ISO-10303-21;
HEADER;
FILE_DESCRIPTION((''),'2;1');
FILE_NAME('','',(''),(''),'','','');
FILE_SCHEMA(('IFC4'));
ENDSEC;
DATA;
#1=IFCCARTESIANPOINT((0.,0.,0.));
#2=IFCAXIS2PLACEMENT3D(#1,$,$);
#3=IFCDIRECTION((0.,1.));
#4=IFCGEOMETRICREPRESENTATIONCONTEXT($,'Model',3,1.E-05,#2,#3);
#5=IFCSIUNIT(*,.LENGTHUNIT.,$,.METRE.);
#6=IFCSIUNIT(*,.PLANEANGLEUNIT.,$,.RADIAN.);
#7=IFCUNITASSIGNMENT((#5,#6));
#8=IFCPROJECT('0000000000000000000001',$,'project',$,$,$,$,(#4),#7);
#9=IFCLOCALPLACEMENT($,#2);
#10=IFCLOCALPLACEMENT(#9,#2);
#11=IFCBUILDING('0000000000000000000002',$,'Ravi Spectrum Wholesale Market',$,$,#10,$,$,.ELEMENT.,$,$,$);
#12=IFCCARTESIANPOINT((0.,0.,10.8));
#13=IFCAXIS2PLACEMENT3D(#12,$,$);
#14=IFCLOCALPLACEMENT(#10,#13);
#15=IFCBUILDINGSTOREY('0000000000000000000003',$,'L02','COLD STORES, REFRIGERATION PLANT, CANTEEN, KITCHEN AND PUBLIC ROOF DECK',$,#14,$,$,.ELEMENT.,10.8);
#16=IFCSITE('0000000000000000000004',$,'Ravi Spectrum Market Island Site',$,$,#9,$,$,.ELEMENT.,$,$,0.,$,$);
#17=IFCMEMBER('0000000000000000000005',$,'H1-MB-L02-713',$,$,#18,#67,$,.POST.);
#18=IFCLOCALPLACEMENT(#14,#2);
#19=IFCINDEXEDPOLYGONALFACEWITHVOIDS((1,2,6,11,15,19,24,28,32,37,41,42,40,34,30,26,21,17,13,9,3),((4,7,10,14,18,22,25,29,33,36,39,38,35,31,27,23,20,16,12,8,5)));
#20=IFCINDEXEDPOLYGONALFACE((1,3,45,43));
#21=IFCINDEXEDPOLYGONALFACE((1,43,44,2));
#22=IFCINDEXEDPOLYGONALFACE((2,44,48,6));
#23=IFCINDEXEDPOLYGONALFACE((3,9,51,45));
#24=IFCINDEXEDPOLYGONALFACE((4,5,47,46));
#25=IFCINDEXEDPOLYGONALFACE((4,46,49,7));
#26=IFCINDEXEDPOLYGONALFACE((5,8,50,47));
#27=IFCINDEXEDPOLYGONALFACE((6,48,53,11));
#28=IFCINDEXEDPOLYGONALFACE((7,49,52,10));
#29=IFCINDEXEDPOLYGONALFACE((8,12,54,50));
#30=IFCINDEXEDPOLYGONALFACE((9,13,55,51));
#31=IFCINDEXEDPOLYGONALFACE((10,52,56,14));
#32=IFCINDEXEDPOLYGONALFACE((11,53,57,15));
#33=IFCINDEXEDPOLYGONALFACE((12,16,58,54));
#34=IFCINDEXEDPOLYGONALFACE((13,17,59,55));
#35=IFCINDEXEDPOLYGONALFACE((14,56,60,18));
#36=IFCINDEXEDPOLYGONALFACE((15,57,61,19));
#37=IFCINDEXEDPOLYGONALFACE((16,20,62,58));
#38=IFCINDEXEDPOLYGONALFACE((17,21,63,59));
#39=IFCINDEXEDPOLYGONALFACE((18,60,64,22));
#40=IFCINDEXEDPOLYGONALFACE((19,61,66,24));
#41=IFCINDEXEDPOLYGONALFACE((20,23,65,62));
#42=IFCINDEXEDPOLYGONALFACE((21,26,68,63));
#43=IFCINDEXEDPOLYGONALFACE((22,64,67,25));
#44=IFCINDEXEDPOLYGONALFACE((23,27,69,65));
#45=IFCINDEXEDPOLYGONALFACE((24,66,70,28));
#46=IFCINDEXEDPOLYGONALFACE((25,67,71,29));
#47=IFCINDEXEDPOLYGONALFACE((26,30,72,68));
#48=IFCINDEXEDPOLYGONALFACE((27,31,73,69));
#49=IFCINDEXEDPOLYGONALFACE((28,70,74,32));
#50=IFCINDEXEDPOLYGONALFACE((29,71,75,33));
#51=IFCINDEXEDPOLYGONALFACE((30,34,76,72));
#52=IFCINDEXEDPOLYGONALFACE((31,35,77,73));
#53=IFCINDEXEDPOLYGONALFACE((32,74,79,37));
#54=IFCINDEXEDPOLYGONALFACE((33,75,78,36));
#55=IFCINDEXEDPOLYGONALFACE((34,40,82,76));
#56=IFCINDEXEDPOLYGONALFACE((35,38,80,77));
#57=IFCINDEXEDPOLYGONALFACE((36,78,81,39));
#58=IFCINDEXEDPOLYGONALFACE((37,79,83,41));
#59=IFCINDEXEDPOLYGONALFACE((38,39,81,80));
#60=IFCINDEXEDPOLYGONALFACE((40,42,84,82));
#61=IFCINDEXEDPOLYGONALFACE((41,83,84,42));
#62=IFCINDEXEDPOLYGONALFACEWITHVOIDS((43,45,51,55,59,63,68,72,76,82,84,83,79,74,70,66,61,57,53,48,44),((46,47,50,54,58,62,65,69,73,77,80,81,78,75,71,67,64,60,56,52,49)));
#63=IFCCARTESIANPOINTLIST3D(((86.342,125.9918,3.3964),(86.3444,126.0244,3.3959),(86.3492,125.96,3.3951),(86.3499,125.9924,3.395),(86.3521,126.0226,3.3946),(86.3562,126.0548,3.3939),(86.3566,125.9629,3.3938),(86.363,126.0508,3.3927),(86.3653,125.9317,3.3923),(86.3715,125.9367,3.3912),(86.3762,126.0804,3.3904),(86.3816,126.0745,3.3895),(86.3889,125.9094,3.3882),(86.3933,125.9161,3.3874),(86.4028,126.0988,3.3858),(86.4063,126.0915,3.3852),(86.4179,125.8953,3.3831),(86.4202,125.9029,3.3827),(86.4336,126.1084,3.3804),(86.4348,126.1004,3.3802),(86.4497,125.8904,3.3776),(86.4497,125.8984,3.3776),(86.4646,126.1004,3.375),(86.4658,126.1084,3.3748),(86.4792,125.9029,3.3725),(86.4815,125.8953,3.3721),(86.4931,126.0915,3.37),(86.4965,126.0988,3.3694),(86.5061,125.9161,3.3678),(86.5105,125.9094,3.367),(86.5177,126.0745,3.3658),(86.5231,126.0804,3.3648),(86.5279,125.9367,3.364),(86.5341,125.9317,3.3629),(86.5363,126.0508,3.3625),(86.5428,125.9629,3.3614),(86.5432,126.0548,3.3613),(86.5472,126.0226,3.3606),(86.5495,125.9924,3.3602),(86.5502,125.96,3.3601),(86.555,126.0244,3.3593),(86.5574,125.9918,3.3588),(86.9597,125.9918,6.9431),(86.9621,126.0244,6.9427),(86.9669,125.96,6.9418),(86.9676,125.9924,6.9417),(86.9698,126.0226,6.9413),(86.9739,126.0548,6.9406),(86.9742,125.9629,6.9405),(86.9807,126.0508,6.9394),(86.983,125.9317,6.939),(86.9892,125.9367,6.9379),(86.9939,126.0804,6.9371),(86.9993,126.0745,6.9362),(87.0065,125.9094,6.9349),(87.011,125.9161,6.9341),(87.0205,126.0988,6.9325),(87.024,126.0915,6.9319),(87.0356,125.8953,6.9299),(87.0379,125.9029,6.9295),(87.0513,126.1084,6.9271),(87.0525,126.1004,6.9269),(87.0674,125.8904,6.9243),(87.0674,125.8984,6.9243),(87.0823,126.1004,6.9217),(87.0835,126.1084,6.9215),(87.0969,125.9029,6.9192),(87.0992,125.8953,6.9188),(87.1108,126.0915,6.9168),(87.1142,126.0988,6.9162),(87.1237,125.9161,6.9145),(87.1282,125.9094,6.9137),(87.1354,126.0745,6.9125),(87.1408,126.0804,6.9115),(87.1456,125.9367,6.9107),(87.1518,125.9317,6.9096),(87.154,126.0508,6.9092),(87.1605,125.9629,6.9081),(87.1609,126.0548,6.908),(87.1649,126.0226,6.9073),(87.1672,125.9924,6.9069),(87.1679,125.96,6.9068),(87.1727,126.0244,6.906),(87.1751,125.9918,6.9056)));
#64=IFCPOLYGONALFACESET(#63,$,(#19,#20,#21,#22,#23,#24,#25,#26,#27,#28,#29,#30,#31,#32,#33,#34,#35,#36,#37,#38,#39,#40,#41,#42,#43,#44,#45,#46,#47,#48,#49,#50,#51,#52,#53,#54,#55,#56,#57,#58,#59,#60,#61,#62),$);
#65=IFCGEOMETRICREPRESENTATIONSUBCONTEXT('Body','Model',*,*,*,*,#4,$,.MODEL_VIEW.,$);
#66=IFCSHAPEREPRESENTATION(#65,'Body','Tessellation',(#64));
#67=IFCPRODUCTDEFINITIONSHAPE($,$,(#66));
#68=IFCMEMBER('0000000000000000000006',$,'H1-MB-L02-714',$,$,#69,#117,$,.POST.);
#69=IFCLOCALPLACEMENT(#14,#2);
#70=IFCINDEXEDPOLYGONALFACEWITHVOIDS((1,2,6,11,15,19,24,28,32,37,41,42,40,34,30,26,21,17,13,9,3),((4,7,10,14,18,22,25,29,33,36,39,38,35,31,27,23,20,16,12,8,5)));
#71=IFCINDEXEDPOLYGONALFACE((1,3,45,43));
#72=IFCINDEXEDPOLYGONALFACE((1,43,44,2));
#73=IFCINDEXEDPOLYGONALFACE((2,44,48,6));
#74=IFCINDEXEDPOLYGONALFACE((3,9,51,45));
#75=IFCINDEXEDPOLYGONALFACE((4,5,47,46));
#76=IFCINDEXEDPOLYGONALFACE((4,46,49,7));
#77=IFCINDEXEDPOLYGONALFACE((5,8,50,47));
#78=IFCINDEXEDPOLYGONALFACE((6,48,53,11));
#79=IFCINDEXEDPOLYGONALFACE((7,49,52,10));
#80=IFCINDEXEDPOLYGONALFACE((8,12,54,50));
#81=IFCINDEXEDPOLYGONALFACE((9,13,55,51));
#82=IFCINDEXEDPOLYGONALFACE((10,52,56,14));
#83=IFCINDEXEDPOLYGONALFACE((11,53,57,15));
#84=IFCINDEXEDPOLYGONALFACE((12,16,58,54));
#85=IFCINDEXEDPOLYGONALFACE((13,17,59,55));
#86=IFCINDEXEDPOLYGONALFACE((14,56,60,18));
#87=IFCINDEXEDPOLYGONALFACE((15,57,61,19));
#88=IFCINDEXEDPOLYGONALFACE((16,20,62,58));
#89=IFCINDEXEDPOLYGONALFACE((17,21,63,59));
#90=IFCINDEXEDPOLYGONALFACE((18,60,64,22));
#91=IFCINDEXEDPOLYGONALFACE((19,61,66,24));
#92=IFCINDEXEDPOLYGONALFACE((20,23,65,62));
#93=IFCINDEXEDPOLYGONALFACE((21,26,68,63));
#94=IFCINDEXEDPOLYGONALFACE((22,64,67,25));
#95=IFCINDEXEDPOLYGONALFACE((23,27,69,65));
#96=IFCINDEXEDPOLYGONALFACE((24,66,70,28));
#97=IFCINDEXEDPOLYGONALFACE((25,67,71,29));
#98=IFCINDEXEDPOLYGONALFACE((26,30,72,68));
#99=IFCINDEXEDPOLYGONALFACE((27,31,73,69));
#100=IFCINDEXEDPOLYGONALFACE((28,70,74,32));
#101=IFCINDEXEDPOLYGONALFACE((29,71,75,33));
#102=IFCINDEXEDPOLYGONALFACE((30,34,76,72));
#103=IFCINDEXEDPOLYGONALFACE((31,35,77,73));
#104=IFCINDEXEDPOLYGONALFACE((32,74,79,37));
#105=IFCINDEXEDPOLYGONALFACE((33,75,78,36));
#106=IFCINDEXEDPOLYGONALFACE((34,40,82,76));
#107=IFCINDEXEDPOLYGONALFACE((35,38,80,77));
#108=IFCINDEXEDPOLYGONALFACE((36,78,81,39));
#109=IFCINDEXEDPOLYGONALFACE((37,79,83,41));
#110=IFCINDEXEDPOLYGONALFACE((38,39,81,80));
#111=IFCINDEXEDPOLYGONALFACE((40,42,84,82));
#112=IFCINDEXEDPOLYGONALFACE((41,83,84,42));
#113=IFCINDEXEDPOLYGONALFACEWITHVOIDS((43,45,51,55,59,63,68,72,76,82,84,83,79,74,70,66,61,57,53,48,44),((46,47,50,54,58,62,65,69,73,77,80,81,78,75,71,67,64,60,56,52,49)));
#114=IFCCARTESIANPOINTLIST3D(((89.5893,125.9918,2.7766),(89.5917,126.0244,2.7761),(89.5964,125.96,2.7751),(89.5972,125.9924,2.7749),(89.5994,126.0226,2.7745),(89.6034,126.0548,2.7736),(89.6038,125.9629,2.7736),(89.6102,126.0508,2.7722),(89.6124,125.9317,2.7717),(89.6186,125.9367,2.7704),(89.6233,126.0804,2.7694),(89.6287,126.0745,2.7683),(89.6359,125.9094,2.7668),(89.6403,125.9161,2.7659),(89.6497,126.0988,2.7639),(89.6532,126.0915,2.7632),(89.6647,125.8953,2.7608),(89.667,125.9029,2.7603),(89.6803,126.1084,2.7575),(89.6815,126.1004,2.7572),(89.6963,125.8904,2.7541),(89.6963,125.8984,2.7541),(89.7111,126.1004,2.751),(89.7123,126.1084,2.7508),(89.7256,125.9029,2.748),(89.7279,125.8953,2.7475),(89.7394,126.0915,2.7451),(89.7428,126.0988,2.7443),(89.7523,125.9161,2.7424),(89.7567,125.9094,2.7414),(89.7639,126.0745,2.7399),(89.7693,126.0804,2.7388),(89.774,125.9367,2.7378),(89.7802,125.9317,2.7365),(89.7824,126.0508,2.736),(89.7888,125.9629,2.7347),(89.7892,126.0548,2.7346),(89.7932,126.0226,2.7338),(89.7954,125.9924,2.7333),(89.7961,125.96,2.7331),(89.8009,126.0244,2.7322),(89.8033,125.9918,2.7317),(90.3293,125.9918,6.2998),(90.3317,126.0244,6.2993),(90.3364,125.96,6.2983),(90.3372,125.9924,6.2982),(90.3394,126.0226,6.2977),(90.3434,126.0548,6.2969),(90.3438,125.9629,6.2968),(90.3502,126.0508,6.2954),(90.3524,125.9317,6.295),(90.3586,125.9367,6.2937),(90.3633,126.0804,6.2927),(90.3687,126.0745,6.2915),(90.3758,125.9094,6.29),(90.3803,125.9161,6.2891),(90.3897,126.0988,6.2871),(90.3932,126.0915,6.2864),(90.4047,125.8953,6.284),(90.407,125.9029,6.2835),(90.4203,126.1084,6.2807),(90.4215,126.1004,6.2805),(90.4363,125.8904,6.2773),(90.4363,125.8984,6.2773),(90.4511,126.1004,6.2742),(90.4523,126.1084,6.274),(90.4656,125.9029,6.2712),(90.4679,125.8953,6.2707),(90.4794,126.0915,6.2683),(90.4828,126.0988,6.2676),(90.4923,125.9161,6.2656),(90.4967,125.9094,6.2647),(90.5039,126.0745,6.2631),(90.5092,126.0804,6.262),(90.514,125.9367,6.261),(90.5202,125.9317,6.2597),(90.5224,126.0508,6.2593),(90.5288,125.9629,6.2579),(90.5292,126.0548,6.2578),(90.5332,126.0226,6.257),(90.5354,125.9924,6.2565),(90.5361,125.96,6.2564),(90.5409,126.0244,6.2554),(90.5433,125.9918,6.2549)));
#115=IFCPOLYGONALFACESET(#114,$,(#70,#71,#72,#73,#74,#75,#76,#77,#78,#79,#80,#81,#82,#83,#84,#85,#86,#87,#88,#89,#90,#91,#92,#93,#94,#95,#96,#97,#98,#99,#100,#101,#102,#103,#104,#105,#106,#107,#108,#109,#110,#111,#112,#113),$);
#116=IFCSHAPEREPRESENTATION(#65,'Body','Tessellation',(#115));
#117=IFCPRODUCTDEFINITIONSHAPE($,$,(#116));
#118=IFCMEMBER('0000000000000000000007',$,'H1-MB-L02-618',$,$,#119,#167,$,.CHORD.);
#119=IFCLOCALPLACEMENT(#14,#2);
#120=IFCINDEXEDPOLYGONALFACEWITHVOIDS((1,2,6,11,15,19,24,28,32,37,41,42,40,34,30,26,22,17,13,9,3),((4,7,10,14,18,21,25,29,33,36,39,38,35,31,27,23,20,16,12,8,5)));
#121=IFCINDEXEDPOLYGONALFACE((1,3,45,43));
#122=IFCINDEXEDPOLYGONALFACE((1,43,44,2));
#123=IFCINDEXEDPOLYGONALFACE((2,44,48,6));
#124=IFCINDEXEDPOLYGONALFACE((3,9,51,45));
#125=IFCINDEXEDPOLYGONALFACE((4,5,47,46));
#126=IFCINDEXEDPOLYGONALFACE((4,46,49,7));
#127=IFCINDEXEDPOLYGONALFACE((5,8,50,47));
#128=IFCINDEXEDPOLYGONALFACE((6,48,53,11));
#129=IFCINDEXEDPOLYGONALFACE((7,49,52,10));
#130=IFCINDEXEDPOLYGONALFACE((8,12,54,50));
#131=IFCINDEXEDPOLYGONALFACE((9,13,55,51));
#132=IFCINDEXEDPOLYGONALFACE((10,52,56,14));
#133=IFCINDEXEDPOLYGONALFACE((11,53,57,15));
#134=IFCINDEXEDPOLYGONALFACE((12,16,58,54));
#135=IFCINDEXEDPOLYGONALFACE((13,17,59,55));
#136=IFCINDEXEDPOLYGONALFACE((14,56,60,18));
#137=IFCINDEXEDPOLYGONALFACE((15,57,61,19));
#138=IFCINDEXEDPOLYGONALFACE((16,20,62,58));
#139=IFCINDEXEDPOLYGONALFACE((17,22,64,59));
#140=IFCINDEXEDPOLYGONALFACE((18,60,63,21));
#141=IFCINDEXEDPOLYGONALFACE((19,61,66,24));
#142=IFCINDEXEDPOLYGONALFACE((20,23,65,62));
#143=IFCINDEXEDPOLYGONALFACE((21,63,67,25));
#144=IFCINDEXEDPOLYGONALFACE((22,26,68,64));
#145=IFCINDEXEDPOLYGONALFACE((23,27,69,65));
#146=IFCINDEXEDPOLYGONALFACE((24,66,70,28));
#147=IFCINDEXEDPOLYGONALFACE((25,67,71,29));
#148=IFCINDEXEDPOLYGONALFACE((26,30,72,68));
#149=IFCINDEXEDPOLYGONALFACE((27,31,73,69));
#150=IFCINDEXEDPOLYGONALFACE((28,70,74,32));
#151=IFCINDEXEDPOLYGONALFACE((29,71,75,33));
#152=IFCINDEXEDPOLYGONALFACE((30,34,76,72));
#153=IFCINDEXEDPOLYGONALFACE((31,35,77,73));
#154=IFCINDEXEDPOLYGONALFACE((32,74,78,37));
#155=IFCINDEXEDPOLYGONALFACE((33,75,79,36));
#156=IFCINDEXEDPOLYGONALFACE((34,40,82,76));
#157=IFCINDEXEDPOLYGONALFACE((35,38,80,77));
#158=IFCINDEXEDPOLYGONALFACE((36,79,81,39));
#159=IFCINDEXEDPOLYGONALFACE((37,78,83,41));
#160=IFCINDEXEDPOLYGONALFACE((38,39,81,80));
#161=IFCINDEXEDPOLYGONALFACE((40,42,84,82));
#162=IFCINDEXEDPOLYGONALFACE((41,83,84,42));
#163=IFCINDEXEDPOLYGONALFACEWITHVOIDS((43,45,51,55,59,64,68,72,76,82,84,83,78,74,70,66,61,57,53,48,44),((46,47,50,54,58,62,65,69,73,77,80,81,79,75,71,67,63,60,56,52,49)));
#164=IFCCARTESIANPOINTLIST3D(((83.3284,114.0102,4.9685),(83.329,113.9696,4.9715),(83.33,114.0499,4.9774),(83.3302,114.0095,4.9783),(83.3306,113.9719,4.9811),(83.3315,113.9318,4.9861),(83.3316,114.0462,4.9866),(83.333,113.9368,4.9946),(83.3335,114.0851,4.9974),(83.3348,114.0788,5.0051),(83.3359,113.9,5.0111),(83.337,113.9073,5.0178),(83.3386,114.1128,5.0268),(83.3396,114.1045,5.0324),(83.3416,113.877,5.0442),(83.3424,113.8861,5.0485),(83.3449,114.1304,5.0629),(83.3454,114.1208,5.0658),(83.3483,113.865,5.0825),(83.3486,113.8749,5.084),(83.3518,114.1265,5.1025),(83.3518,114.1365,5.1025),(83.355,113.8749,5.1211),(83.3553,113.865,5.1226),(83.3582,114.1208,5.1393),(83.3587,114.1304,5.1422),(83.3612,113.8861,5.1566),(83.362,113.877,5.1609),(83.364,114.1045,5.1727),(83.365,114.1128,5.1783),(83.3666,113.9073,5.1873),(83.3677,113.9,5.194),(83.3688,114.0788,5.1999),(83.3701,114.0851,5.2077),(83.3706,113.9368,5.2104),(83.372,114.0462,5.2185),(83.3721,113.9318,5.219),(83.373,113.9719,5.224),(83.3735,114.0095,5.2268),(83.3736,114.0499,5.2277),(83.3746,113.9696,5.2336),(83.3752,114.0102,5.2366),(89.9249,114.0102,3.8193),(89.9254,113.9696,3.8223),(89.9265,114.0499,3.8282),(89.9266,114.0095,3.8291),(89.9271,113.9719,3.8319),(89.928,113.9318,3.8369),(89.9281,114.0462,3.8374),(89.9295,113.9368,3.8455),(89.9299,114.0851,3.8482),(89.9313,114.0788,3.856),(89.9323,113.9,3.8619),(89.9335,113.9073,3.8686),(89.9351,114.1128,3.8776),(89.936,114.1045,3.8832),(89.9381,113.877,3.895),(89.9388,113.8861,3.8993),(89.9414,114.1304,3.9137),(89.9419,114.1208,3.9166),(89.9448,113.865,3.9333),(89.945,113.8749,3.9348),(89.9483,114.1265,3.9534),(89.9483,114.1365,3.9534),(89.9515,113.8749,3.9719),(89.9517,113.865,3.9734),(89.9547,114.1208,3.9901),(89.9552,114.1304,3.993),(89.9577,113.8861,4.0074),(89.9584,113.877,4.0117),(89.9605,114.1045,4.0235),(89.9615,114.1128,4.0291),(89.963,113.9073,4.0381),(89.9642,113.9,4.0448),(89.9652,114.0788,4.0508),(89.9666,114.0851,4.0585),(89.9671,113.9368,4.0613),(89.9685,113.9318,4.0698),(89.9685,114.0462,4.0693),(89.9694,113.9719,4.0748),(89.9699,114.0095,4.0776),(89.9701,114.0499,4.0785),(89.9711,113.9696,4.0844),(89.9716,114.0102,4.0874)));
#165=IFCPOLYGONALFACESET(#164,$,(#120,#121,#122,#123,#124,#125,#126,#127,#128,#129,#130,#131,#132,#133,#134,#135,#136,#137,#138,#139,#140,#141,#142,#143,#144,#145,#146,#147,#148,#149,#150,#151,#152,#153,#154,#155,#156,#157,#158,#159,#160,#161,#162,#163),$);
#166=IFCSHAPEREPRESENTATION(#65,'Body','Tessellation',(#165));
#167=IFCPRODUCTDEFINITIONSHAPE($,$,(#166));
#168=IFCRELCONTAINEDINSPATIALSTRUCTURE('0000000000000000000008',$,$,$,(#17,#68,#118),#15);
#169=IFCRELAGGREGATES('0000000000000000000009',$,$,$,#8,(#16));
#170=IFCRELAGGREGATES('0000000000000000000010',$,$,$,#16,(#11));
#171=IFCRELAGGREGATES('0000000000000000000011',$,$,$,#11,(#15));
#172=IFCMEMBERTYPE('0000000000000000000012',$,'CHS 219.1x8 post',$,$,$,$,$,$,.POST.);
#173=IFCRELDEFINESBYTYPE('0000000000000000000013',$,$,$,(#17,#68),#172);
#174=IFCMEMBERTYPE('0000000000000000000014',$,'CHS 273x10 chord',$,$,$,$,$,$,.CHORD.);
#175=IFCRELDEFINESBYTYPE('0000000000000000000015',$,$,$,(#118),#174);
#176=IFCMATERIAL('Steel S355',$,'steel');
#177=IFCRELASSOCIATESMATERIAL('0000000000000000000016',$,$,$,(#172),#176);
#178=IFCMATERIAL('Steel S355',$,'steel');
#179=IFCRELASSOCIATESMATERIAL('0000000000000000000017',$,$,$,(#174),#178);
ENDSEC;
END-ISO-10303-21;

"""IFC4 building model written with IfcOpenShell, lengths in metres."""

from ifc_helpers import new_model, si_unit, direction, frame, origin, origin_2d, place, context, subcontext, project, spatial, hollow_circle, extrude, material, material_profile, profile_set, type_object, element, save


model = new_model("IFC4")

# Units and contexts
model_context = context("Model", 3, precision=1e-05, world=origin(), true_north=direction((0.0, 1.0)))
body_context = subcontext(model_context, "Body", "Model", "MODEL_VIEW")
ifc_project = project(units=[si_unit("LENGTHUNIT", "METRE"), si_unit("PLANEANGLEUNIT", "RADIAN")], contexts=[model_context])

# Site, building, storey
site_placement = place(None, origin())
site = spatial("IfcSite", under=ifc_project, at=site_placement, Name="Ravi Spectrum Market Island Site", CompositionType="ELEMENT", RefElevation=0.0)
building_placement = place(site_placement, origin())
building = spatial("IfcBuilding", under=site, at=building_placement, Name="Ravi Spectrum Wholesale Market", CompositionType="ELEMENT")
storey_placement = place(building_placement, frame((0.0, 0.0, 10.8)))
storey = spatial("IfcBuildingStorey", under=building, at=storey_placement, Name="L02", Description="COLD STORES, REFRIGERATION PLANT, CANTEEN, KITCHEN AND PUBLIC ROOF DECK", CompositionType="ELEMENT", Elevation=10.8)

# Members
ifc_material_1 = material(Name="Steel S355", Category="steel")
ifc_material_profile_1 = material_profile(ifc_material_1, hollow_circle(Radius=0.1096, WallThickness=0.0081, at=origin_2d()))
ifc_profile_set_1 = profile_set([ifc_material_profile_1], Name="Steel S355")
member_type_1 = type_object("IfcMemberType", Name="CHS 219.1x8 post", PredefinedType="POST", material=ifc_profile_set_1)
for number, where, z_axis, x_axis, name in (
    (1, (87.0674, 126.0, 6.9243), (-0.171576, 0.0, -0.985171), (0.0, -1.0, 0.0), "H1-MB-L02-713"),
    (2, (90.4363, 126.0, 6.2773), (-0.205549, 0.0, -0.978647), (0.0, -1.0, 0.0), "H1-MB-L02-714"),
):
    element("IfcMember", number, at=place(storey_placement, frame(where, z_axis=z_axis, x_axis=x_axis)), inside=storey, type_object=member_type_1, Name=name, PredefinedType="POST", context=body_context, shape_type="SweptSolid", body=[
        extrude(hollow_circle(Radius=0.1096, WallThickness=0.0081, at=origin_2d()), origin(), (0.0, 0.0, 1.0), 3.6001),
    ])
ifc_material_2 = material(Name="Steel S355", Category="steel")
ifc_material_profile_2 = material_profile(ifc_material_2, hollow_circle(Radius=0.1365, WallThickness=0.01, at=origin_2d()))
ifc_profile_set_2 = profile_set([ifc_material_profile_2], Name="Steel S355")
member_type_2 = type_object("IfcMemberType", Name="CHS 273x10 chord", PredefinedType="CHORD", material=ifc_profile_set_2)
for number, where, z_axis, x_axis, name in (
    (3, (83.3518, 114.0, 5.1025), (0.985162, 0.0, -0.171626), (0.0, 1.0, 0.0), "H1-MB-L02-618"),
):
    element("IfcMember", number, at=place(storey_placement, frame(where, z_axis=z_axis, x_axis=x_axis)), inside=storey, type_object=member_type_2, Name=name, PredefinedType="CHORD", context=body_context, shape_type="SweptSolid", body=[
        extrude(hollow_circle(Radius=0.1365, WallThickness=0.01, at=origin_2d()), origin(), (0.0, 0.0, 1.0), 6.6958),
    ])

save(model, "model.ifc")
